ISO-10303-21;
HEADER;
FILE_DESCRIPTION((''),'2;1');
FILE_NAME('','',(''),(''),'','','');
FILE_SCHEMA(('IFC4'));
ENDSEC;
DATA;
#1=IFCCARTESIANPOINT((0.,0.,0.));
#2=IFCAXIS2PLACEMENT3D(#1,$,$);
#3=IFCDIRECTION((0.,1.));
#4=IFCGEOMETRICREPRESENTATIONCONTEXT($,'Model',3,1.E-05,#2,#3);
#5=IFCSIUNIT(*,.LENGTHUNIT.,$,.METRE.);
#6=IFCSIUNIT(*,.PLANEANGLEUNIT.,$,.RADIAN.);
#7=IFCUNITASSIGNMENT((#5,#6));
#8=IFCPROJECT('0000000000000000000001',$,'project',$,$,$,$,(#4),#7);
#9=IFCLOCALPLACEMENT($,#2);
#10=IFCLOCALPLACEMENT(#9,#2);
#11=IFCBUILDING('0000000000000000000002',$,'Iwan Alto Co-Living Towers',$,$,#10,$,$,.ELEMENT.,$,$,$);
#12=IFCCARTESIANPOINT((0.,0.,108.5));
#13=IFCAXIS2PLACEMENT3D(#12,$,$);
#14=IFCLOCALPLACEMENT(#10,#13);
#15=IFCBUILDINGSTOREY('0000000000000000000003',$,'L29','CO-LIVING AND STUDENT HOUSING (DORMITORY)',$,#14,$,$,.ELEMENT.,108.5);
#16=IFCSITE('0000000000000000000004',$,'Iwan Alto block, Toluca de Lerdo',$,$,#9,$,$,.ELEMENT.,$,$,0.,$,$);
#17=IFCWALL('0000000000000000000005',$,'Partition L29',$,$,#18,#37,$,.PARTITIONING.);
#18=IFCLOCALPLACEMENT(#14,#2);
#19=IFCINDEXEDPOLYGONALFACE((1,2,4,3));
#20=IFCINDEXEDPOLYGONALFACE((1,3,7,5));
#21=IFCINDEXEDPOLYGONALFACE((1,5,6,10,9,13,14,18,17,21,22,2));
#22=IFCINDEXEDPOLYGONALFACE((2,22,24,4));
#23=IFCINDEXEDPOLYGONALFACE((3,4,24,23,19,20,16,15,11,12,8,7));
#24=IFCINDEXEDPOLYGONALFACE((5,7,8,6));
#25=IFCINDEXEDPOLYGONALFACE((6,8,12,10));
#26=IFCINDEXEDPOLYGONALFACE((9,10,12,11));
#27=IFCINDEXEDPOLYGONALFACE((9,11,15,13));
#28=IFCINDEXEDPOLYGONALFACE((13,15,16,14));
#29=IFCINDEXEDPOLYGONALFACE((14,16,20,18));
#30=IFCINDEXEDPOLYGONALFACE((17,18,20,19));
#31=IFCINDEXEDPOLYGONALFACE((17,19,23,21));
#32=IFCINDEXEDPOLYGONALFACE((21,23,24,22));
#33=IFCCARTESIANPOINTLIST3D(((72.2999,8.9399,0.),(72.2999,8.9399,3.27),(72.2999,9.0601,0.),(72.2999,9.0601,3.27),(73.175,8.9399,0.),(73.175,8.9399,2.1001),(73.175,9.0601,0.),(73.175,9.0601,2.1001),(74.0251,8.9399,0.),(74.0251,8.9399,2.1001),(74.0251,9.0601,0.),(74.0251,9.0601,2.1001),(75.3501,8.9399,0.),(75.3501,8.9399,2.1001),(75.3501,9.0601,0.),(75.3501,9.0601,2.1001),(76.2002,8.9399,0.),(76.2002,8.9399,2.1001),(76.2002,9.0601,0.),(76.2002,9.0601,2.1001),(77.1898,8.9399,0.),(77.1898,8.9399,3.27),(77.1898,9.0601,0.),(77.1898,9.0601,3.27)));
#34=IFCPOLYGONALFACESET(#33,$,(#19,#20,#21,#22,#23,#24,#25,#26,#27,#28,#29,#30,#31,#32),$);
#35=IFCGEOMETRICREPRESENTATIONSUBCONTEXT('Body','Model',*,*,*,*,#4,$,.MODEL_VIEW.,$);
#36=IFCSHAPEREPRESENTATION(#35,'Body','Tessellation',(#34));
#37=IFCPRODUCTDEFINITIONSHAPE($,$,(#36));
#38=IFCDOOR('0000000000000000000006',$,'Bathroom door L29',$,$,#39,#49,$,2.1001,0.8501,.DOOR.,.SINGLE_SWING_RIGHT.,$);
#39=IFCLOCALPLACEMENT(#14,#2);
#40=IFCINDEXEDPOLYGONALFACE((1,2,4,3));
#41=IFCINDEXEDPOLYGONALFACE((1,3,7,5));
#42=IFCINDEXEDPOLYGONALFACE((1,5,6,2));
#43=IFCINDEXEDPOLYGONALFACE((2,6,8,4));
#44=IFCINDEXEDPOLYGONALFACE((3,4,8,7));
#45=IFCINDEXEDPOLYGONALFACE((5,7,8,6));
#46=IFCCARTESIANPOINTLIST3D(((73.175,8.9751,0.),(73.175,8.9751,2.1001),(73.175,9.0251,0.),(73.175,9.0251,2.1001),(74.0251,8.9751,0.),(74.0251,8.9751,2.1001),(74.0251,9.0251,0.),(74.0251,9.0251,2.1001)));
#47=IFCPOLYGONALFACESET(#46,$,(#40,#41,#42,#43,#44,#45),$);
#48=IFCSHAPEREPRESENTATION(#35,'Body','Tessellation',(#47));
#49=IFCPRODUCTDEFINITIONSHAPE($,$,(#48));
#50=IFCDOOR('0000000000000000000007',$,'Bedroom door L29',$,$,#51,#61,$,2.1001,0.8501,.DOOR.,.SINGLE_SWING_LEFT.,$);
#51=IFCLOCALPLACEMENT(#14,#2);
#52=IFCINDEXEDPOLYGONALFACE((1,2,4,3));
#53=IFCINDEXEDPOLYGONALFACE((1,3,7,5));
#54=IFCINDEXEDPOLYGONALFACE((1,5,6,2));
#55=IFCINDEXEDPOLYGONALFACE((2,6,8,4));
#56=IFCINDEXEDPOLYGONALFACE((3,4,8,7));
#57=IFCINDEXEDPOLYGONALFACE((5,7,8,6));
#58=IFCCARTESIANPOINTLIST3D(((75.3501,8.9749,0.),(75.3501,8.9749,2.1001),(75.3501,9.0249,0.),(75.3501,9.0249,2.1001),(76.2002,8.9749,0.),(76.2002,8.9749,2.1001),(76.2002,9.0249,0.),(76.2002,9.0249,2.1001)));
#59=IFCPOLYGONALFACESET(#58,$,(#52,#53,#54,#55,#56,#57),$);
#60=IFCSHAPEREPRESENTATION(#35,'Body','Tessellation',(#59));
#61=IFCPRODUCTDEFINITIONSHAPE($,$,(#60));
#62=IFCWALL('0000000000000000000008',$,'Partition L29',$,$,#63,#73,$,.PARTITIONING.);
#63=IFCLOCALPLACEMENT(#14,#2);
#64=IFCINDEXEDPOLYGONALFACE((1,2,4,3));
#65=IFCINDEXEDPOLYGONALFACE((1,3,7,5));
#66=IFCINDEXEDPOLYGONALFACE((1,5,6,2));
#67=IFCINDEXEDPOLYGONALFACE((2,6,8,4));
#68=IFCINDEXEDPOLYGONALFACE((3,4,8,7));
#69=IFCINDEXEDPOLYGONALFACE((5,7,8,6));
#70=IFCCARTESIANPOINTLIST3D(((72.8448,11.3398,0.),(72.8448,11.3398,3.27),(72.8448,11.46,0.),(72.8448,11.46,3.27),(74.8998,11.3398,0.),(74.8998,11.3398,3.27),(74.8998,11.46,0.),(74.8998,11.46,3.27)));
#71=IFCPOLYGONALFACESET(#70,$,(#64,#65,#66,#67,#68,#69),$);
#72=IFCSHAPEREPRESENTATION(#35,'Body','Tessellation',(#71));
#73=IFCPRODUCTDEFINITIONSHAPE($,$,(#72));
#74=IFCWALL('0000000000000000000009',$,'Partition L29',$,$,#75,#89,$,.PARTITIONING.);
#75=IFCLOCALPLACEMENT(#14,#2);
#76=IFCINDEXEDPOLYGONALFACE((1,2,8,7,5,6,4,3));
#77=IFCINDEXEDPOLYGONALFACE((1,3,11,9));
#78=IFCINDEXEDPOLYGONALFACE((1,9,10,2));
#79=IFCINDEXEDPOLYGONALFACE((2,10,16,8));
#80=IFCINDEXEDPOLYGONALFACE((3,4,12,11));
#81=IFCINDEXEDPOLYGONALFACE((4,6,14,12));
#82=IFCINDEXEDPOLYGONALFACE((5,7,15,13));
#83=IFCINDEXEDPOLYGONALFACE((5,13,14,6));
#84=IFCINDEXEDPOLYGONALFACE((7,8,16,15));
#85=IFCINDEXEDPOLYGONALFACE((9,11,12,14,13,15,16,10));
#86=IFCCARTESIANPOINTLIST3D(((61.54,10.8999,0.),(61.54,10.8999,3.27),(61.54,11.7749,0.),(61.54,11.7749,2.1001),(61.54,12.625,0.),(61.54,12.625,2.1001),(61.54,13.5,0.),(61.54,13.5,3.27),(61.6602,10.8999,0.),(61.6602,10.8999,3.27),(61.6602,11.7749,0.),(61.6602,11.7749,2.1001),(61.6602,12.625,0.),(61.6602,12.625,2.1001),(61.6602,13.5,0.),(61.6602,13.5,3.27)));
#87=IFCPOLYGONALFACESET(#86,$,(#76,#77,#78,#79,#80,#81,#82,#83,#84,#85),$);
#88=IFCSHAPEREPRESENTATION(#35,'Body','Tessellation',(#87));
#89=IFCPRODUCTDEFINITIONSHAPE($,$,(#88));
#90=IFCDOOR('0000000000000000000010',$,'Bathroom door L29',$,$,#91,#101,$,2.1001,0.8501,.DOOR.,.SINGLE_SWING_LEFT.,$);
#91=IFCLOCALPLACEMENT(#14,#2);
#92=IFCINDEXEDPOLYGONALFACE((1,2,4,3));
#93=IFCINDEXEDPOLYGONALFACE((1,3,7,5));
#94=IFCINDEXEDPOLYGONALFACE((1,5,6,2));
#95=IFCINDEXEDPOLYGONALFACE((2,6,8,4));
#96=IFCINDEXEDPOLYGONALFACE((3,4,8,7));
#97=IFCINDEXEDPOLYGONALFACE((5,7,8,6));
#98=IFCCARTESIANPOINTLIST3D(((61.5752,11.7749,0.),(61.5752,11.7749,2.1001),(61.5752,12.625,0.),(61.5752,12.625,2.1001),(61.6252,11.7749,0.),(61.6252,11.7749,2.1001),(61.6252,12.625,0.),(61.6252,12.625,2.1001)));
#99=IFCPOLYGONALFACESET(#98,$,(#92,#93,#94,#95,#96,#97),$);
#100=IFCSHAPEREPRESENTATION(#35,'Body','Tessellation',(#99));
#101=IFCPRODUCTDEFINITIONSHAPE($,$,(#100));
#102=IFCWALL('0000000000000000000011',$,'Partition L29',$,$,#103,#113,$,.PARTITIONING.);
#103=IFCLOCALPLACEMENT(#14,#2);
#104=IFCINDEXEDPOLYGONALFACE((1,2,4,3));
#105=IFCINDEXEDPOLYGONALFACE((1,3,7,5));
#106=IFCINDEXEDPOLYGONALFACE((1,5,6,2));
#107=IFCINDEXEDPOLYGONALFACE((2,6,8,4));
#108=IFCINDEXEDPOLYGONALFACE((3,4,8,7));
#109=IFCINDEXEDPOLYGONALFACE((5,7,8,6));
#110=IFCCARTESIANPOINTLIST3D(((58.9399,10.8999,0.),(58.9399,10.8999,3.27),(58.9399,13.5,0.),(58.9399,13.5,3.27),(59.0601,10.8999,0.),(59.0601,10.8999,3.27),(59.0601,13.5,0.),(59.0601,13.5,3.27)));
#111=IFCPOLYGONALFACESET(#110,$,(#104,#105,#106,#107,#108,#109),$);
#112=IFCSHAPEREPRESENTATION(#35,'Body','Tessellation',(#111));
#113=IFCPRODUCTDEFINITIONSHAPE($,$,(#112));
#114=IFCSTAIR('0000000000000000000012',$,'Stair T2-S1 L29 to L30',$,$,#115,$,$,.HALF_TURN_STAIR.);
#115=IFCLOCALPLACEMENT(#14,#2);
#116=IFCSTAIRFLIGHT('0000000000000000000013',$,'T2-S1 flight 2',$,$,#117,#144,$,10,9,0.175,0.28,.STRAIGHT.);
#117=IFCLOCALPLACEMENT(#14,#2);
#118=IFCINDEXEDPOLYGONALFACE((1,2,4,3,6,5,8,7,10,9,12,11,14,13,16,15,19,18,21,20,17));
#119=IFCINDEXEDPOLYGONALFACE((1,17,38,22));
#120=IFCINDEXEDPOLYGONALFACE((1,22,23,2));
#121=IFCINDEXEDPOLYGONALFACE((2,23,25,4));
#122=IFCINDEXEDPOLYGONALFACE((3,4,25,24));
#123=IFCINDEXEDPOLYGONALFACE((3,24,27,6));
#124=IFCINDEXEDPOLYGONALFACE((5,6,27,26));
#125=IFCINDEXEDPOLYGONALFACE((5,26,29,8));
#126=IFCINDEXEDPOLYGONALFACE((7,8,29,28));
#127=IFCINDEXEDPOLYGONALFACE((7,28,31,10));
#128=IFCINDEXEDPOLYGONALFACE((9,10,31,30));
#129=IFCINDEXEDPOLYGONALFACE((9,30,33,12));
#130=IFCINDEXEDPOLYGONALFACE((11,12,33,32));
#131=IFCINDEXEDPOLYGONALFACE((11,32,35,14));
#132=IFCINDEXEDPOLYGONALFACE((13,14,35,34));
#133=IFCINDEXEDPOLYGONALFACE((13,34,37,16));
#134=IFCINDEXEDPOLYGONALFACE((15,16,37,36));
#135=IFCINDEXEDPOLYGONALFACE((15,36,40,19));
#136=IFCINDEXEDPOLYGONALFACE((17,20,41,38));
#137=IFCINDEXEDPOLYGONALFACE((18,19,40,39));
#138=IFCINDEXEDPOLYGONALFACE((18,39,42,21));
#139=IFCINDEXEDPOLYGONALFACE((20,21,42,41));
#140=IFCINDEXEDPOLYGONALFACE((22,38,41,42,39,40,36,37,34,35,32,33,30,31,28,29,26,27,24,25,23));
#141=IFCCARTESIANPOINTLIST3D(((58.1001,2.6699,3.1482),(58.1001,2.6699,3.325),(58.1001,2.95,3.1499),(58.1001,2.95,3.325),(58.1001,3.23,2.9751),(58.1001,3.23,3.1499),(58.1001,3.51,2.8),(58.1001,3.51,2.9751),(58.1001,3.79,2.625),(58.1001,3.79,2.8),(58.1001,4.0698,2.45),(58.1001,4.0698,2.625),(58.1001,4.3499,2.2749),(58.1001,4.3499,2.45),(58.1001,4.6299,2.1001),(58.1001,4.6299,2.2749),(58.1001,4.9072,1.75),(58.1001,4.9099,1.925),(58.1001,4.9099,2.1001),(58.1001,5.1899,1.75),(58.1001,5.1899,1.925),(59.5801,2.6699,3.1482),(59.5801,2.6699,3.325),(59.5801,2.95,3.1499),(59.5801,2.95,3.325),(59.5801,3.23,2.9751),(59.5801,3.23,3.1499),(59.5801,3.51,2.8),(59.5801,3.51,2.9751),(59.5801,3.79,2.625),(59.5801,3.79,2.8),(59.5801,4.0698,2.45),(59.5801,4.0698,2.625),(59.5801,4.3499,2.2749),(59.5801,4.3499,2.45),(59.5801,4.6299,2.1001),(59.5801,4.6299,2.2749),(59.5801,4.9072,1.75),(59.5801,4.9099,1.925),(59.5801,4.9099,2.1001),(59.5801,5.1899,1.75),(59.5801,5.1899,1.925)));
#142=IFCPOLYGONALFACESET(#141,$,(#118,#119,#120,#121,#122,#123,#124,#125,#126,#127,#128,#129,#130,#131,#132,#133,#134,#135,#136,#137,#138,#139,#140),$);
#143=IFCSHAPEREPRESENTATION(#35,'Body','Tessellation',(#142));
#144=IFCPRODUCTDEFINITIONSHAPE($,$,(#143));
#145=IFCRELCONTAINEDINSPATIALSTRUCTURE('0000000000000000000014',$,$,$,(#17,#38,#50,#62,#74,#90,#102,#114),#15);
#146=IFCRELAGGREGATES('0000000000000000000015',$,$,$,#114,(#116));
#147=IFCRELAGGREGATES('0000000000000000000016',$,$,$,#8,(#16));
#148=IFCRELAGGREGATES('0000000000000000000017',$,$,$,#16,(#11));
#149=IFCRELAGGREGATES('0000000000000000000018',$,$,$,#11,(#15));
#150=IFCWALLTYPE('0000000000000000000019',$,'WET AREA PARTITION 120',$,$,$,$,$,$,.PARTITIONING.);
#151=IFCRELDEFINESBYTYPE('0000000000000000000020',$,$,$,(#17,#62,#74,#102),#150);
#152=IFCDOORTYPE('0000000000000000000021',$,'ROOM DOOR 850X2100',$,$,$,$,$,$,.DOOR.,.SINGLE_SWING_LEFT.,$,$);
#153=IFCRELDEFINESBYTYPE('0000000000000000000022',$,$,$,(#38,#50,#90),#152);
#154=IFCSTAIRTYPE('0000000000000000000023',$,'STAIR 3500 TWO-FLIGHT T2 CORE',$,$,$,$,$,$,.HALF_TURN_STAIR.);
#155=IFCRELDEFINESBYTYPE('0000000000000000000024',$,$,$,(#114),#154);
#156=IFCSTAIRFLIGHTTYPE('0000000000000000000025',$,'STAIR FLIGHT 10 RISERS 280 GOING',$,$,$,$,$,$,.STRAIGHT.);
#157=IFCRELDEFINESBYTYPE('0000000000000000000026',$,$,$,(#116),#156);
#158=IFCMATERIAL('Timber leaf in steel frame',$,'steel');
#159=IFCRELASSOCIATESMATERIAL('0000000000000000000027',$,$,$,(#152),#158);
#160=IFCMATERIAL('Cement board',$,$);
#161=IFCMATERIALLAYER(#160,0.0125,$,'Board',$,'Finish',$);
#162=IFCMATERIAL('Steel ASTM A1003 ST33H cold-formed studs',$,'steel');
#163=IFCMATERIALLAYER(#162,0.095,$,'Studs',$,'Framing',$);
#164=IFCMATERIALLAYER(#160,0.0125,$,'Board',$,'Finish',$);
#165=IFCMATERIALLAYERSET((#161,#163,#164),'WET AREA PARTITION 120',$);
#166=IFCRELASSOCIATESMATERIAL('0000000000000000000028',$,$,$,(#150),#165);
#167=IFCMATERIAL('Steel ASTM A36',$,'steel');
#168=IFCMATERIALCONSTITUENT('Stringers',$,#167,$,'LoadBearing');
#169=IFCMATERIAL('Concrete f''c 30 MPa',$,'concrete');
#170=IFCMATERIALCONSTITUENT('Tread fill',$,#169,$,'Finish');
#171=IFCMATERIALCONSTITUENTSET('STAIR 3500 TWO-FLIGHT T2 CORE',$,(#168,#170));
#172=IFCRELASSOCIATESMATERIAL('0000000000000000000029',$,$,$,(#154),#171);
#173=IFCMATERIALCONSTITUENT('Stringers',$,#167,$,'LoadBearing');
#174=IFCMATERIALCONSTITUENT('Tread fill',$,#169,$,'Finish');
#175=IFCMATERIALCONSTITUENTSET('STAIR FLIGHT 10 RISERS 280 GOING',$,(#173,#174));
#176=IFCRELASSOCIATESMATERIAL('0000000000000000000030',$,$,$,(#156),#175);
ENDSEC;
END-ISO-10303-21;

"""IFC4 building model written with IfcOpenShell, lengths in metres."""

from ifc_helpers import new_model, si_unit, direction, frame, frame_2d, origin, place, context, subcontext, project, spatial, polyline, rectangle, outline, extrude, material, layer, layer_set, constituent, constituent_set, type_object, element, fill, aggregate, save


model = new_model("IFC4")

# Units and contexts
model_context = context("Model", 3, precision=1e-05, world=origin(), true_north=direction((0.0, 1.0)))
body_context = subcontext(model_context, "Body", "Model", "MODEL_VIEW")
ifc_project = project(units=[si_unit("LENGTHUNIT", "METRE"), si_unit("PLANEANGLEUNIT", "RADIAN")], contexts=[model_context])

# Site, building, storey
site_placement = place(None, origin())
site = spatial("IfcSite", under=ifc_project, at=site_placement, Name="Iwan Alto block, Toluca de Lerdo", CompositionType="ELEMENT", RefElevation=0.0)
building_placement = place(site_placement, origin())
building = spatial("IfcBuilding", under=site, at=building_placement, Name="Iwan Alto Co-Living Towers", CompositionType="ELEMENT")
storey_placement = place(building_placement, frame((0.0, 0.0, 108.5)))
storey = spatial("IfcBuildingStorey", under=building, at=storey_placement, Name="L29", Description="CO-LIVING AND STUDENT HOUSING (DORMITORY)", CompositionType="ELEMENT", Elevation=108.5)

# Shared definitions
ifc_material_1 = material(Name="Steel ASTM A1003 ST33H cold-formed studs", Category="steel")

# Shared definitions
ifc_material_2 = material(Name="Timber leaf in steel frame", Category="steel")
door_type_1 = type_object("IfcDoorType", Name="ROOM DOOR 850X2100", OperationType="SINGLE_SWING_LEFT", PredefinedType="DOOR", material=ifc_material_2)

# Shared definitions
ifc_material_3 = material(Name="Cement board")
ifc_layer_1 = layer(ifc_material_3, 0.0125, Name="Board", Category="Finish")
ifc_layer_2 = layer(ifc_material_1, 0.095, Name="Studs", Category="Framing")
ifc_layer_3 = layer(ifc_material_3, 0.0125, Name="Board", Category="Finish")
ifc_layer_set_1 = layer_set([ifc_layer_1, ifc_layer_2, ifc_layer_3], Name="WET AREA PARTITION 120")
wall_type_1 = type_object("IfcWallType", Name="WET AREA PARTITION 120", PredefinedType="PARTITIONING", material=ifc_layer_set_1)

# Wall, openings, doors
wall_1_placement = place(storey_placement, frame((72.3, 9.0, 0.0), z_axis=(0.0, 0.0, 1.0), x_axis=(1.0, 0.0, 0.0)))
wall_1 = element("IfcWall", 1, at=wall_1_placement, inside=storey, type_object=wall_type_1, Name="Partition L29", PredefinedType="PARTITIONING", context=body_context, shape_type="SweptSolid", body=[
    extrude(rectangle(XDim=4.8899, YDim=0.1201, at=frame_2d((2.4448, 0.0))), origin(), (0.0, 0.0, 1.0), 3.27),
])
opening_1_placement = place(wall_1_placement, frame((0.875, 0.0, 0.0)))
opening_1 = element("IfcOpeningElement", 2, at=opening_1_placement, cuts=wall_1, PredefinedType="OPENING", context=body_context, shape_type="SweptSolid", body=[
    extrude(rectangle(XDim=0.8501, YDim=2.1001, at=frame_2d((0.425, 1.05))), frame((0.0, 0.0701, 0.0), z_axis=(0.0, -1.0, 0.0), x_axis=(1.0, 0.0, 0.0)), (0.0, 0.0, 1.0), 0.1401),
])
opening_2_placement = place(wall_1_placement, frame((3.05, 0.0, 0.0)))
opening_2 = element("IfcOpeningElement", 3, at=opening_2_placement, cuts=wall_1, PredefinedType="OPENING", context=body_context, shape_type="SweptSolid", body=[
    extrude(rectangle(XDim=0.8501, YDim=2.1001, at=frame_2d((0.425, 1.05))), frame((0.0, 0.0701, 0.0), z_axis=(0.0, -1.0, 0.0), x_axis=(1.0, 0.0, 0.0)), (0.0, 0.0, 1.0), 0.1401),
])
door_1_placement = place(opening_1_placement, frame((0.8501, 0.0, 0.0), z_axis=(0.0, 0.0, 1.0), x_axis=(-1.0, 0.0, 0.0)))
door_1 = element("IfcDoor", 4, at=door_1_placement, inside=storey, type_object=door_type_1, Name="Bathroom door L29", OperationType="SINGLE_SWING_RIGHT", OverallHeight=2.1001, OverallWidth=0.8501, PredefinedType="DOOR", context=body_context, shape_type="SweptSolid", body=[
    extrude(rectangle(XDim=0.8501, YDim=2.1001, at=frame_2d((0.425, 1.05))), frame((0.0, 0.0249, 0.0), z_axis=(0.0, -1.0, 0.0), x_axis=(1.0, 0.0, 0.0)), (0.0, 0.0, 1.0), 0.05),
])
fill(opening_1, door_1)
door_2_placement = place(opening_2_placement, origin())
door_2 = element("IfcDoor", 5, at=door_2_placement, inside=storey, type_object=door_type_1, Name="Bedroom door L29", OperationType="SINGLE_SWING_LEFT", OverallHeight=2.1001, OverallWidth=0.8501, PredefinedType="DOOR", context=body_context, shape_type="SweptSolid", body=[
    extrude(rectangle(XDim=0.8501, YDim=2.1001, at=frame_2d((0.425, 1.05))), frame((0.0, 0.0249, 0.0), z_axis=(0.0, -1.0, 0.0), x_axis=(1.0, 0.0, 0.0)), (0.0, 0.0, 1.0), 0.05),
])
fill(opening_2, door_2)

# Wall
wall_2_placement = place(storey_placement, frame((72.845, 11.3999, 0.0), z_axis=(0.0, 0.0, 1.0), x_axis=(1.0, 0.0, 0.0)))
element("IfcWall", 6, at=wall_2_placement, inside=storey, type_object=wall_type_1, Name="Partition L29", PredefinedType="PARTITIONING", context=body_context, shape_type="SweptSolid", body=[
    extrude(rectangle(XDim=2.0549, YDim=0.1201, at=frame_2d((1.0273, 0.0))), origin(), (0.0, 0.0, 1.0), 3.27),
])

# Wall, opening, door
wall_3_placement = place(storey_placement, frame((61.6001, 10.8999, 0.0), z_axis=(0.0, 0.0, 1.0), x_axis=(0.0, 1.0, 0.0)))
wall_3 = element("IfcWall", 7, at=wall_3_placement, inside=storey, type_object=wall_type_1, Name="Partition L29", PredefinedType="PARTITIONING", context=body_context, shape_type="SweptSolid", body=[
    extrude(rectangle(XDim=2.6001, YDim=0.1201, at=frame_2d((1.3, 0.0))), origin(), (0.0, 0.0, 1.0), 3.27),
])
opening_3_placement = place(wall_3_placement, frame((0.875, 0.0, 0.0)))
opening_3 = element("IfcOpeningElement", 8, at=opening_3_placement, cuts=wall_3, PredefinedType="OPENING", context=body_context, shape_type="SweptSolid", body=[
    extrude(rectangle(XDim=0.8501, YDim=2.1001, at=frame_2d((0.425, 1.05))), frame((0.0, 0.0701, 0.0), z_axis=(0.0, -1.0, 0.0), x_axis=(1.0, 0.0, 0.0)), (0.0, 0.0, 1.0), 0.1401),
])
door_3_placement = place(opening_3_placement, origin())
door_3 = element("IfcDoor", 9, at=door_3_placement, inside=storey, type_object=door_type_1, Name="Bathroom door L29", OperationType="SINGLE_SWING_LEFT", OverallHeight=2.1001, OverallWidth=0.8501, PredefinedType="DOOR", context=body_context, shape_type="SweptSolid", body=[
    extrude(rectangle(XDim=0.8501, YDim=2.1001, at=frame_2d((0.425, 1.05))), frame((0.0, 0.0249, 0.0), z_axis=(0.0, -1.0, 0.0), x_axis=(1.0, 0.0, 0.0)), (0.0, 0.0, 1.0), 0.05),
])
fill(opening_3, door_3)

# Wall
wall_4_placement = place(storey_placement, frame((59.0, 10.8999, 0.0), z_axis=(0.0, 0.0, 1.0), x_axis=(0.0, 1.0, 0.0)))
element("IfcWall", 10, at=wall_4_placement, inside=storey, type_object=wall_type_1, Name="Partition L29", PredefinedType="PARTITIONING", context=body_context, shape_type="SweptSolid", body=[
    extrude(rectangle(XDim=2.6001, YDim=0.1201, at=frame_2d((1.3, 0.0))), origin(), (0.0, 0.0, 1.0), 3.27),
])

# Stair, stair flight
ifc_material_4 = material(Name="Steel ASTM A36", Category="steel")
ifc_constituent_1 = constituent(ifc_material_4, Name="Stringers", Category="LoadBearing")
ifc_material_5 = material(Name="Concrete f'c 30 MPa", Category="concrete")
ifc_constituent_2 = constituent(ifc_material_5, Name="Tread fill", Category="Finish")
ifc_constituent_set_1 = constituent_set(constituents=[ifc_constituent_1, ifc_constituent_2], Name="STAIR 3500 TWO-FLIGHT T2 CORE")
stair_type = type_object("IfcStairType", Name="STAIR 3500 TWO-FLIGHT T2 CORE", PredefinedType="HALF_TURN_STAIR", material=ifc_constituent_set_1)
stair_placement = place(storey_placement, origin())
stair = element("IfcStair", 11, at=stair_placement, inside=storey, type_object=stair_type, Name="Stair T2-S1 L29 to L30", PredefinedType="HALF_TURN_STAIR")
ifc_constituent_3 = constituent(ifc_material_4, Name="Stringers", Category="LoadBearing")
ifc_constituent_4 = constituent(ifc_material_5, Name="Tread fill", Category="Finish")
ifc_constituent_set_2 = constituent_set(constituents=[ifc_constituent_3, ifc_constituent_4], Name="STAIR FLIGHT 10 RISERS 280 GOING")
stair_flight_type = type_object("IfcStairFlightType", Name="STAIR FLIGHT 10 RISERS 280 GOING", PredefinedType="STRAIGHT", material=ifc_constituent_set_2)
stair_flight_placement = place(storey_placement, frame((58.8401, 5.1899, 1.75), z_axis=(0.0, 0.0, 1.0), x_axis=(0.0, -1.0, 0.0)))
stair_flight = element("IfcStairFlight", 12, at=stair_flight_placement, type_object=stair_flight_type, Name="T2-S1 flight 2", NumberOfRisers=10, NumberOfTreads=9, PredefinedType="STRAIGHT", RiserHeight=0.175, TreadLength=0.28, context=body_context, shape_type="SweptSolid", body=[
    extrude(outline(polyline([(0.0, 0.0), (0.0, 0.175), (0.28, 0.175), (0.28, 0.3501), (0.5601, 0.3501), (0.5601, 0.5249), (0.8401, 0.5249), (0.8401, 0.7), (1.1201, 0.7), (1.1201, 0.875), (1.3999, 0.875), (1.3999, 1.05), (1.6799, 1.05), (1.6799, 1.2251), (1.96, 1.2251), (1.96, 1.3999), (2.24, 1.3999), (2.24, 1.575), (2.52, 1.575), (2.52, 1.75), (2.52, 1.3982), (0.2827, 0.0), (0.0, 0.0)])), frame((0.0, 0.74, 0.0), z_axis=(0.0, -1.0, 0.0), x_axis=(1.0, 0.0, 0.0)), (0.0, 0.0, 1.0), 1.48),
])
aggregate(stair, [stair_flight])

save(model, "model.ifc")
